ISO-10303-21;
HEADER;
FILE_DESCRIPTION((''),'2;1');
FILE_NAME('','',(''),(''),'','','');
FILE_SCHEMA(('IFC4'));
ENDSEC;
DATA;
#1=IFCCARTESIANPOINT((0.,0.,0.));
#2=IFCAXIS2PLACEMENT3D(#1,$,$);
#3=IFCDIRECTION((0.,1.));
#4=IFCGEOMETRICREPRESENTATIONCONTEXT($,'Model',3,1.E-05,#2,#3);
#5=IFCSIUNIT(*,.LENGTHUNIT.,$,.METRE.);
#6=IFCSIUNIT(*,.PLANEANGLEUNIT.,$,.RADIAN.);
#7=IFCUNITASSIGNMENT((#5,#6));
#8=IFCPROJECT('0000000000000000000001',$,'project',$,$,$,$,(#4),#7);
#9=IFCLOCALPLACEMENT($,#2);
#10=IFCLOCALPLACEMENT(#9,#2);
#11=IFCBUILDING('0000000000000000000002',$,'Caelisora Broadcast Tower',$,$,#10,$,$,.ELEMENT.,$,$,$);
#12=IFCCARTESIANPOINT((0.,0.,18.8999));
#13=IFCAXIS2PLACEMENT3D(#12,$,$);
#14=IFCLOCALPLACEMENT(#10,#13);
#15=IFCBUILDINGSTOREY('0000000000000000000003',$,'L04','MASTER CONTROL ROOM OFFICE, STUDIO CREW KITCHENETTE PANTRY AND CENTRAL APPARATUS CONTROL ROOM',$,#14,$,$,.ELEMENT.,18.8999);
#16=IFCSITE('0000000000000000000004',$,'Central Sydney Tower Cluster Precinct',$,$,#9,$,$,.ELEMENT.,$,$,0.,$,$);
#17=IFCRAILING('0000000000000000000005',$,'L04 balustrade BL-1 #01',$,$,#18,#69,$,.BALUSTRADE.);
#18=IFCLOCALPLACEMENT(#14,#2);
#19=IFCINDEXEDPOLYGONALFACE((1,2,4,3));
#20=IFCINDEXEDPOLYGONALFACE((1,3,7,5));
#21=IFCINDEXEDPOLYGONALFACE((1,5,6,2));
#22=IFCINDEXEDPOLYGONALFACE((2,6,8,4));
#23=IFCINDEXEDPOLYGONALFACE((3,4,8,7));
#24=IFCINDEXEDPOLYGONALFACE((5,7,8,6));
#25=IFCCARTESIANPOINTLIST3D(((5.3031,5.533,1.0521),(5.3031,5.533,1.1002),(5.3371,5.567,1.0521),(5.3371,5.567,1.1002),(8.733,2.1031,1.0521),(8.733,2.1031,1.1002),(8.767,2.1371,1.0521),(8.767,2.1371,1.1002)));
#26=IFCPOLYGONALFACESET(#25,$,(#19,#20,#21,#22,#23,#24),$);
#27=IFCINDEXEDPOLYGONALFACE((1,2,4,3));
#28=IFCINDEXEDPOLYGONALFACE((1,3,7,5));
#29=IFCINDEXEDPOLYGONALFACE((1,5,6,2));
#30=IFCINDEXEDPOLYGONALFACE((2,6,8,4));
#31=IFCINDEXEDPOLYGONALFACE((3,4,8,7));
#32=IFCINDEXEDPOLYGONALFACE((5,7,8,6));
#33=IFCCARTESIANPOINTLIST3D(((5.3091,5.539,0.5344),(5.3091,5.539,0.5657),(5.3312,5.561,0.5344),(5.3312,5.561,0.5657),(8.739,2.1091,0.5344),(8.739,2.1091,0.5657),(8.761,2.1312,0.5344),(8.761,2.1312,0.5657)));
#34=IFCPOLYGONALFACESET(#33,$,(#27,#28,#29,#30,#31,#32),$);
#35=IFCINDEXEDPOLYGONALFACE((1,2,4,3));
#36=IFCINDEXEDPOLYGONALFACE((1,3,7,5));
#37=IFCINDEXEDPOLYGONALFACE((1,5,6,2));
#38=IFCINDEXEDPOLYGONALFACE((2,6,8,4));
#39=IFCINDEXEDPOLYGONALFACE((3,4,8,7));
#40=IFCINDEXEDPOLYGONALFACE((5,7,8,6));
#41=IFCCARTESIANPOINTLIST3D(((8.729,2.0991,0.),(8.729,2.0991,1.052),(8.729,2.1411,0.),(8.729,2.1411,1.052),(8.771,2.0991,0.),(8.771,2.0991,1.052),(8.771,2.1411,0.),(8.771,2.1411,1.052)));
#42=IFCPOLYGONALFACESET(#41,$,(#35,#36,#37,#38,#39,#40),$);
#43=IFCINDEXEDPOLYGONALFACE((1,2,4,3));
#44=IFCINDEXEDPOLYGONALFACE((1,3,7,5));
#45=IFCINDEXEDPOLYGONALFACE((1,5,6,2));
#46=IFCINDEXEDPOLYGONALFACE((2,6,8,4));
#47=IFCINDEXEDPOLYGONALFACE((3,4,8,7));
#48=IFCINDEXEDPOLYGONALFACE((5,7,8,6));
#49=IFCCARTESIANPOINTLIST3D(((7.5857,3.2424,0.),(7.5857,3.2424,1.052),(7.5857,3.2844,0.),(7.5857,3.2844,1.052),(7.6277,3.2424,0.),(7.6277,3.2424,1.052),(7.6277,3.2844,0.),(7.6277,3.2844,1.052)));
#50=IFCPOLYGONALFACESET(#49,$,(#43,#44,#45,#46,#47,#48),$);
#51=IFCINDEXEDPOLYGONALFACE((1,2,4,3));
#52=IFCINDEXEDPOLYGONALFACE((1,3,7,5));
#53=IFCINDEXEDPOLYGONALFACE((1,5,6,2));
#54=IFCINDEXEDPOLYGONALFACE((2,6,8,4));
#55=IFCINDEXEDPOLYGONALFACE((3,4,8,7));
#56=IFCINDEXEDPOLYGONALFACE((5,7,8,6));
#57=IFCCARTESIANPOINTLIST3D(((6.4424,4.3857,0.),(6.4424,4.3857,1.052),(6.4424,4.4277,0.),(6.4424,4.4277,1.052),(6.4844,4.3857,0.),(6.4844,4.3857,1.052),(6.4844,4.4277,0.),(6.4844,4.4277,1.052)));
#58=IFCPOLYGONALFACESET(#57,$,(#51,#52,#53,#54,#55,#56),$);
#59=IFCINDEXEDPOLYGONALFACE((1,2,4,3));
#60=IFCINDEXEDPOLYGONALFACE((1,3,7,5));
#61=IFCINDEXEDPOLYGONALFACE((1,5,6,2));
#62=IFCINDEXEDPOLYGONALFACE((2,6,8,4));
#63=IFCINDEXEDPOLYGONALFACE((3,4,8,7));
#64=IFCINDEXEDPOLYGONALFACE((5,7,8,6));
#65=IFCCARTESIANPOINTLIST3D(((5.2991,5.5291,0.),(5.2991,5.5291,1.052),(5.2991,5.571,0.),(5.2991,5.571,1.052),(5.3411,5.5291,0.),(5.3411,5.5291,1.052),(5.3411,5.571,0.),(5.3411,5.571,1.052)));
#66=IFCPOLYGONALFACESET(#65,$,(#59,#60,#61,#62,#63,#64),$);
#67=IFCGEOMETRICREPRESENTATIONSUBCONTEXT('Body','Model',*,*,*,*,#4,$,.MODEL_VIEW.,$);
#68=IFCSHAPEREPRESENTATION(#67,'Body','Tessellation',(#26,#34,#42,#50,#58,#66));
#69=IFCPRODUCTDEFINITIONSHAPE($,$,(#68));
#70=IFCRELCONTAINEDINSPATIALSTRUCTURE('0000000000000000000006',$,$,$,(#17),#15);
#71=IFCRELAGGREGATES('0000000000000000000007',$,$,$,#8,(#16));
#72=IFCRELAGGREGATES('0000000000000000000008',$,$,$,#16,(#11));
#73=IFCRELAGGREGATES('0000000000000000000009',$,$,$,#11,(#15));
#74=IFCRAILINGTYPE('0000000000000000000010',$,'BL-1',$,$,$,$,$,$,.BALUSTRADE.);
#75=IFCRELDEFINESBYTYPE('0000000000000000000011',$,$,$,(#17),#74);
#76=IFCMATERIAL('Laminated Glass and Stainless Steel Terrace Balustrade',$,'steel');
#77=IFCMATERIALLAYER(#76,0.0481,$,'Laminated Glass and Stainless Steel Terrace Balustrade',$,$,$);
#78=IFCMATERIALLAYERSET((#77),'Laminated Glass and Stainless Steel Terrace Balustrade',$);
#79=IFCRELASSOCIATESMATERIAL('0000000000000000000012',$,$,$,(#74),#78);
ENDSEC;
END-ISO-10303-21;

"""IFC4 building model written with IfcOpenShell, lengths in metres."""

from ifc_helpers import new_model, si_unit, direction, frame, origin, origin_2d, place, context, subcontext, project, spatial, rectangle, extrude, material, layer, layer_set, type_object, element, save


model = new_model("IFC4")

# Units and contexts
model_context = context("Model", 3, precision=1e-05, world=origin(), true_north=direction((0.0, 1.0)))
body_context = subcontext(model_context, "Body", "Model", "MODEL_VIEW")
ifc_project = project(units=[si_unit("LENGTHUNIT", "METRE"), si_unit("PLANEANGLEUNIT", "RADIAN")], contexts=[model_context])

# Site, building, storey
site_placement = place(None, origin())
site = spatial("IfcSite", under=ifc_project, at=site_placement, Name="Central Sydney Tower Cluster Precinct", CompositionType="ELEMENT", RefElevation=0.0)
building_placement = place(site_placement, origin())
building = spatial("IfcBuilding", under=site, at=building_placement, Name="Caelisora Broadcast Tower", CompositionType="ELEMENT")
storey_placement = place(building_placement, frame((0.0, 0.0, 18.8999)))
storey = spatial("IfcBuildingStorey", under=building, at=storey_placement, Name="L04", Description="MASTER CONTROL ROOM OFFICE, STUDIO CREW KITCHENETTE PANTRY AND CENTRAL APPARATUS CONTROL ROOM", CompositionType="ELEMENT", Elevation=18.8999)

# Railing
ifc_material_1 = material(Name="Laminated Glass and Stainless Steel Terrace Balustrade", Category="steel")
ifc_layer_1 = layer(ifc_material_1, 0.0481, Name="Laminated Glass and Stainless Steel Terrace Balustrade")
ifc_layer_set_1 = layer_set([ifc_layer_1], Name="Laminated Glass and Stainless Steel Terrace Balustrade")
railing_type = type_object("IfcRailingType", Name="BL-1", PredefinedType="BALUSTRADE", material=ifc_layer_set_1)
railing_1_placement = place(storey_placement, frame((8.75, 2.1201, 0.0)))
element("IfcRailing", 1, at=railing_1_placement, inside=storey, type_object=railing_type, Name="L04 balustrade BL-1 #01", PredefinedType="BALUSTRADE", context=body_context, shape_type="SweptSolid", body=[
    extrude(rectangle(XDim=0.0481, YDim=0.0481, at=origin_2d()), frame((0.0, 0.0, 1.0762), z_axis=(-0.707107, 0.707107, 0.0), x_axis=(-0.707107, -0.707107, 0.0)), (0.0, 0.0, 1.0), 4.8506),
    extrude(rectangle(XDim=0.0312, YDim=0.0312, at=origin_2d()), frame((0.0, 0.0, 0.55), z_axis=(-0.707107, 0.707107, 0.0), x_axis=(-0.707107, -0.707107, 0.0)), (0.0, 0.0, 1.0), 4.8506),
    extrude(rectangle(XDim=0.042, YDim=0.042, at=origin_2d()), origin(), (0.0, 0.0, 1.0), 1.052),
    extrude(rectangle(XDim=0.042, YDim=0.042, at=origin_2d()), frame((-1.1433, 1.1433, 0.0)), (0.0, 0.0, 1.0), 1.052),
    extrude(rectangle(XDim=0.042, YDim=0.042, at=origin_2d()), frame((-2.2866, 2.2866, 0.0)), (0.0, 0.0, 1.0), 1.052),
    extrude(rectangle(XDim=0.042, YDim=0.042, at=origin_2d()), frame((-3.4299, 3.4299, 0.0)), (0.0, 0.0, 1.0), 1.052),
])

save(model, "model.ifc")
